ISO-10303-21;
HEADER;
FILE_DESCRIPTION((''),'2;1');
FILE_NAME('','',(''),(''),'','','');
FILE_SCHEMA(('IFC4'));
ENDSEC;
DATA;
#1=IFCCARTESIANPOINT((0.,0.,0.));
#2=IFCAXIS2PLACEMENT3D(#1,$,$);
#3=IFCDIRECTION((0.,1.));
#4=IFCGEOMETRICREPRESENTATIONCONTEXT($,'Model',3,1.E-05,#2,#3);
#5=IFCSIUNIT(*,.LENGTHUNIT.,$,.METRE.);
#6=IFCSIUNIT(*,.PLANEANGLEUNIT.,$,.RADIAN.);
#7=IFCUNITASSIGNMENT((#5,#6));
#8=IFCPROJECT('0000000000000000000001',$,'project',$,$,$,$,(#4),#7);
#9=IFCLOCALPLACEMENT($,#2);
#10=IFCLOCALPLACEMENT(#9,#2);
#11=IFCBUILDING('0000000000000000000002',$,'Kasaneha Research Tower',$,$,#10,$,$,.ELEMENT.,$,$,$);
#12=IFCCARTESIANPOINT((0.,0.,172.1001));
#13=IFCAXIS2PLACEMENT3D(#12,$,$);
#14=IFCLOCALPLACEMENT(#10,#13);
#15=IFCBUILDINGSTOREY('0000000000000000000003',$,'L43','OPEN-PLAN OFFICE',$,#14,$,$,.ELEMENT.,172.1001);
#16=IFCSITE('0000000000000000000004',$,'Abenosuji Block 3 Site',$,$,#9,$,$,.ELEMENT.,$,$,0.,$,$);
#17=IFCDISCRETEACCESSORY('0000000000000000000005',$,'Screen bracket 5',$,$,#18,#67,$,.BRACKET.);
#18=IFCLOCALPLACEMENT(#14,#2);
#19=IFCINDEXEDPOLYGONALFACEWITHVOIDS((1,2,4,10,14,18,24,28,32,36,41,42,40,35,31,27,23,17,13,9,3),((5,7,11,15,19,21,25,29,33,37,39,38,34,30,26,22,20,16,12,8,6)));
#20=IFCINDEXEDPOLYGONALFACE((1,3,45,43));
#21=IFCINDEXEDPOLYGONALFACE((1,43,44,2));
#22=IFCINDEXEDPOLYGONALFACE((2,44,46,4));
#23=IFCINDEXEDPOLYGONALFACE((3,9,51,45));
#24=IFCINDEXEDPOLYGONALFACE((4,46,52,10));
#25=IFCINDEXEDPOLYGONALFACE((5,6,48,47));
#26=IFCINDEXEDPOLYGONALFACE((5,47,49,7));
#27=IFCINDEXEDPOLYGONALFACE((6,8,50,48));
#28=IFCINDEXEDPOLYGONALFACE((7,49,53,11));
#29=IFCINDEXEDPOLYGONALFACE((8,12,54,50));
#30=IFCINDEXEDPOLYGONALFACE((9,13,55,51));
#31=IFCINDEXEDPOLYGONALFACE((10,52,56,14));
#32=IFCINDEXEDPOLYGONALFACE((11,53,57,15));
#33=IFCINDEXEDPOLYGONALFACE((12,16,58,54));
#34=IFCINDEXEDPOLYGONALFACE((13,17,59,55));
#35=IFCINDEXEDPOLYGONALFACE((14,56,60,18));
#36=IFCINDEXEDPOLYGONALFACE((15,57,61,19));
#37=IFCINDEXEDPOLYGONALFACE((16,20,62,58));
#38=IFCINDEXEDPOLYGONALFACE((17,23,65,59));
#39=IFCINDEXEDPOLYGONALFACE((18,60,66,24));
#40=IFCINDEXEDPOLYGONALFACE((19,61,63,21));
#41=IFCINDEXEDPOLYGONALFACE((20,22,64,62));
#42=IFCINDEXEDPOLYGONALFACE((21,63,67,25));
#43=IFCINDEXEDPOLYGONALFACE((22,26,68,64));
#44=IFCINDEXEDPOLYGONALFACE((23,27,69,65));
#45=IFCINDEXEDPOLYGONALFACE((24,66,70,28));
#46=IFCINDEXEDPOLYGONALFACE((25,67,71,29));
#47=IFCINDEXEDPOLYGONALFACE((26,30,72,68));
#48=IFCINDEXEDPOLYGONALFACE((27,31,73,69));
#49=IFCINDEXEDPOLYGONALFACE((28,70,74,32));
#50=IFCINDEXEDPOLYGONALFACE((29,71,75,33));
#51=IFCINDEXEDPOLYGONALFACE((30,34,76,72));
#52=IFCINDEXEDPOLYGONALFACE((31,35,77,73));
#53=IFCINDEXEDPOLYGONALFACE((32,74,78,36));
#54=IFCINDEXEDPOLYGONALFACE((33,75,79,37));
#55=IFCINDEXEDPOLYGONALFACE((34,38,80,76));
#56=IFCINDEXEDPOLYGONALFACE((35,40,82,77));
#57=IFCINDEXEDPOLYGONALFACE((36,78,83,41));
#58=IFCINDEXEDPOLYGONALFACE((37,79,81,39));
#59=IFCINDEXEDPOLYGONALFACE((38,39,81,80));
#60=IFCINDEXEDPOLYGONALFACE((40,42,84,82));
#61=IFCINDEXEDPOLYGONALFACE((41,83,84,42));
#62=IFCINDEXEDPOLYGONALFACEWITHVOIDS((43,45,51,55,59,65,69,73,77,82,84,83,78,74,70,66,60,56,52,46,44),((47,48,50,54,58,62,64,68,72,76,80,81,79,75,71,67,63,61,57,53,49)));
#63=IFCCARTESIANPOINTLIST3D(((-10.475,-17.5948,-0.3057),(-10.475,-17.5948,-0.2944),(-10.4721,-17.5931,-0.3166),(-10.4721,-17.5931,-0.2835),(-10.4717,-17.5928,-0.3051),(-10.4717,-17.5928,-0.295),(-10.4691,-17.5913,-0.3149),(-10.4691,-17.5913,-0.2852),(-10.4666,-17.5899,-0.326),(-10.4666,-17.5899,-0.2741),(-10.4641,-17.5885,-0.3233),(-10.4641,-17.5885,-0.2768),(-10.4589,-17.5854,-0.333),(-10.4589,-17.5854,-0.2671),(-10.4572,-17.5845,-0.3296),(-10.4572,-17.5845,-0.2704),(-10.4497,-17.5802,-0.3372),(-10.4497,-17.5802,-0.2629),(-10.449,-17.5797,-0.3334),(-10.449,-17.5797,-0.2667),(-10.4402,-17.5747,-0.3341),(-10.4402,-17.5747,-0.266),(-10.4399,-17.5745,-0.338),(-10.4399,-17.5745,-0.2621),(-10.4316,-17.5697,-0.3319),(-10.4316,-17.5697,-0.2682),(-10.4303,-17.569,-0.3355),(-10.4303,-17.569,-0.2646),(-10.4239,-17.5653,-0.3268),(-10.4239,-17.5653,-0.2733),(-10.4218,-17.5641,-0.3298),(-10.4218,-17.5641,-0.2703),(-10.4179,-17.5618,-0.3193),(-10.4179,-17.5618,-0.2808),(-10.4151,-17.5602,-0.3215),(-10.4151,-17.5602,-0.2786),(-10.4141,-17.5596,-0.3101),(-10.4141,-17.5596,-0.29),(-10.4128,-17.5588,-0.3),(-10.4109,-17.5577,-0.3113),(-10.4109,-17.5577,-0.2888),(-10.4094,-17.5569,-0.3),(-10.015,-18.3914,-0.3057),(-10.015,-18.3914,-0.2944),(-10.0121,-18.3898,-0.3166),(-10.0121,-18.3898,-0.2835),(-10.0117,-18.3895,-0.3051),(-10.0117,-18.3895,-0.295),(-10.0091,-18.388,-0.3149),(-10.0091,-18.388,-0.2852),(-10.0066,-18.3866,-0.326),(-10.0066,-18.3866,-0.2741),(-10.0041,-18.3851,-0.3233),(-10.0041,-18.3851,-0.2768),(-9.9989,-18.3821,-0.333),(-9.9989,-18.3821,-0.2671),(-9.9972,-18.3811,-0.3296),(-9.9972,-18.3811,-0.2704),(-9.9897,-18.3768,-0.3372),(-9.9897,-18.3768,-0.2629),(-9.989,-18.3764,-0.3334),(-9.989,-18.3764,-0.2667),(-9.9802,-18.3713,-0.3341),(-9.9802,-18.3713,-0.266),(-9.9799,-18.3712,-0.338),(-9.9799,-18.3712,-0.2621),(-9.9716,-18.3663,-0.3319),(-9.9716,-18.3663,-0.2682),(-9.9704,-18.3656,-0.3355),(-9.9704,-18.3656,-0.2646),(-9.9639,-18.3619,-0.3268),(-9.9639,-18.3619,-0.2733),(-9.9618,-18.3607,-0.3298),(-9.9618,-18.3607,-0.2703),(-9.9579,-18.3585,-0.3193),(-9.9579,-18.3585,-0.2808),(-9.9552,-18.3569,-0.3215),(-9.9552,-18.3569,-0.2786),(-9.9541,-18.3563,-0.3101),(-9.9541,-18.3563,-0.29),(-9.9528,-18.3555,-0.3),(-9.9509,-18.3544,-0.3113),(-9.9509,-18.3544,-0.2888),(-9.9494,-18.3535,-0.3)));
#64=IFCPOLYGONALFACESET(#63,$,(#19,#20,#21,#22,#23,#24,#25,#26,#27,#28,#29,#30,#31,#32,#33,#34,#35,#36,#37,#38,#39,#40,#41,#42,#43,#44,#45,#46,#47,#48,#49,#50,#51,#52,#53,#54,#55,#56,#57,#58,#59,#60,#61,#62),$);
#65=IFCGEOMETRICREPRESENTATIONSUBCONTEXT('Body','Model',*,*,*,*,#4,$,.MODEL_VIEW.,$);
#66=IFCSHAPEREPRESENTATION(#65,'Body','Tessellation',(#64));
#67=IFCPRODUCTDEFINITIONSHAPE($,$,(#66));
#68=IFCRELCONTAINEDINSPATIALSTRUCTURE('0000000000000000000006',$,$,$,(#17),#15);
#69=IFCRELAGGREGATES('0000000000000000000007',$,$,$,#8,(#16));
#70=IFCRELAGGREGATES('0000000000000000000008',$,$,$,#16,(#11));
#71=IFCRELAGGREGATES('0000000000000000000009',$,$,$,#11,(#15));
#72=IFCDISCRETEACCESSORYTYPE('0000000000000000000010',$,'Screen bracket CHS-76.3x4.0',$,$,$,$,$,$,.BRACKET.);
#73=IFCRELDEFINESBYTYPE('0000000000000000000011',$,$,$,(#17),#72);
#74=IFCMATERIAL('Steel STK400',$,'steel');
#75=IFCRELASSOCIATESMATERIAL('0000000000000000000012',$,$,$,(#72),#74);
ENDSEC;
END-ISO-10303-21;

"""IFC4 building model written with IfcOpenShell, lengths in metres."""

from ifc_helpers import new_model, si_unit, direction, frame, origin, origin_2d, place, context, subcontext, project, spatial, hollow_circle, extrude, material, material_profile, profile_set, type_object, element, save


model = new_model("IFC4")

# Units and contexts
model_context = context("Model", 3, precision=1e-05, world=origin(), true_north=direction((0.0, 1.0)))
body_context = subcontext(model_context, "Body", "Model", "MODEL_VIEW")
ifc_project = project(units=[si_unit("LENGTHUNIT", "METRE"), si_unit("PLANEANGLEUNIT", "RADIAN")], contexts=[model_context])

# Site, building, storey
site_placement = place(None, origin())
site = spatial("IfcSite", under=ifc_project, at=site_placement, Name="Abenosuji Block 3 Site", CompositionType="ELEMENT", RefElevation=0.0)
building_placement = place(site_placement, origin())
building = spatial("IfcBuilding", under=site, at=building_placement, Name="Kasaneha Research Tower", CompositionType="ELEMENT")
storey_placement = place(building_placement, frame((0.0, 0.0, 172.1001)))
storey = spatial("IfcBuildingStorey", under=building, at=storey_placement, Name="L43", Description="OPEN-PLAN OFFICE", CompositionType="ELEMENT", Elevation=172.1001)

# Discrete accessory
ifc_material_1 = material(Name="Steel STK400", Category="steel")
ifc_material_profile_1 = material_profile(ifc_material_1, hollow_circle(Radius=0.0381, WallThickness=0.0039, at=origin_2d()), Name="CHS-76.3x4.0")
ifc_profile_set_1 = profile_set([ifc_material_profile_1], Name="Steel STK400")
discrete_accessory_type = type_object("IfcDiscreteAccessoryType", Name="Screen bracket CHS-76.3x4.0", PredefinedType="BRACKET", material=ifc_profile_set_1)
discrete_accessory_1_placement = place(storey_placement, frame((-10.4424, -17.5759, -0.3), z_axis=(0.500021, -0.866013, 0.0), x_axis=(0.866013, 0.500021, 0.0)))
element("IfcDiscreteAccessory", 1, at=discrete_accessory_1_placement, inside=storey, type_object=discrete_accessory_type, Name="Screen bracket 5", PredefinedType="BRACKET", context=body_context, shape_type="SweptSolid", body=[
    extrude(hollow_circle(Radius=0.0381, WallThickness=0.0039, at=origin_2d()), origin(), (0.0, 0.0, 1.0), 0.9199),
])

save(model, "model.ifc")
